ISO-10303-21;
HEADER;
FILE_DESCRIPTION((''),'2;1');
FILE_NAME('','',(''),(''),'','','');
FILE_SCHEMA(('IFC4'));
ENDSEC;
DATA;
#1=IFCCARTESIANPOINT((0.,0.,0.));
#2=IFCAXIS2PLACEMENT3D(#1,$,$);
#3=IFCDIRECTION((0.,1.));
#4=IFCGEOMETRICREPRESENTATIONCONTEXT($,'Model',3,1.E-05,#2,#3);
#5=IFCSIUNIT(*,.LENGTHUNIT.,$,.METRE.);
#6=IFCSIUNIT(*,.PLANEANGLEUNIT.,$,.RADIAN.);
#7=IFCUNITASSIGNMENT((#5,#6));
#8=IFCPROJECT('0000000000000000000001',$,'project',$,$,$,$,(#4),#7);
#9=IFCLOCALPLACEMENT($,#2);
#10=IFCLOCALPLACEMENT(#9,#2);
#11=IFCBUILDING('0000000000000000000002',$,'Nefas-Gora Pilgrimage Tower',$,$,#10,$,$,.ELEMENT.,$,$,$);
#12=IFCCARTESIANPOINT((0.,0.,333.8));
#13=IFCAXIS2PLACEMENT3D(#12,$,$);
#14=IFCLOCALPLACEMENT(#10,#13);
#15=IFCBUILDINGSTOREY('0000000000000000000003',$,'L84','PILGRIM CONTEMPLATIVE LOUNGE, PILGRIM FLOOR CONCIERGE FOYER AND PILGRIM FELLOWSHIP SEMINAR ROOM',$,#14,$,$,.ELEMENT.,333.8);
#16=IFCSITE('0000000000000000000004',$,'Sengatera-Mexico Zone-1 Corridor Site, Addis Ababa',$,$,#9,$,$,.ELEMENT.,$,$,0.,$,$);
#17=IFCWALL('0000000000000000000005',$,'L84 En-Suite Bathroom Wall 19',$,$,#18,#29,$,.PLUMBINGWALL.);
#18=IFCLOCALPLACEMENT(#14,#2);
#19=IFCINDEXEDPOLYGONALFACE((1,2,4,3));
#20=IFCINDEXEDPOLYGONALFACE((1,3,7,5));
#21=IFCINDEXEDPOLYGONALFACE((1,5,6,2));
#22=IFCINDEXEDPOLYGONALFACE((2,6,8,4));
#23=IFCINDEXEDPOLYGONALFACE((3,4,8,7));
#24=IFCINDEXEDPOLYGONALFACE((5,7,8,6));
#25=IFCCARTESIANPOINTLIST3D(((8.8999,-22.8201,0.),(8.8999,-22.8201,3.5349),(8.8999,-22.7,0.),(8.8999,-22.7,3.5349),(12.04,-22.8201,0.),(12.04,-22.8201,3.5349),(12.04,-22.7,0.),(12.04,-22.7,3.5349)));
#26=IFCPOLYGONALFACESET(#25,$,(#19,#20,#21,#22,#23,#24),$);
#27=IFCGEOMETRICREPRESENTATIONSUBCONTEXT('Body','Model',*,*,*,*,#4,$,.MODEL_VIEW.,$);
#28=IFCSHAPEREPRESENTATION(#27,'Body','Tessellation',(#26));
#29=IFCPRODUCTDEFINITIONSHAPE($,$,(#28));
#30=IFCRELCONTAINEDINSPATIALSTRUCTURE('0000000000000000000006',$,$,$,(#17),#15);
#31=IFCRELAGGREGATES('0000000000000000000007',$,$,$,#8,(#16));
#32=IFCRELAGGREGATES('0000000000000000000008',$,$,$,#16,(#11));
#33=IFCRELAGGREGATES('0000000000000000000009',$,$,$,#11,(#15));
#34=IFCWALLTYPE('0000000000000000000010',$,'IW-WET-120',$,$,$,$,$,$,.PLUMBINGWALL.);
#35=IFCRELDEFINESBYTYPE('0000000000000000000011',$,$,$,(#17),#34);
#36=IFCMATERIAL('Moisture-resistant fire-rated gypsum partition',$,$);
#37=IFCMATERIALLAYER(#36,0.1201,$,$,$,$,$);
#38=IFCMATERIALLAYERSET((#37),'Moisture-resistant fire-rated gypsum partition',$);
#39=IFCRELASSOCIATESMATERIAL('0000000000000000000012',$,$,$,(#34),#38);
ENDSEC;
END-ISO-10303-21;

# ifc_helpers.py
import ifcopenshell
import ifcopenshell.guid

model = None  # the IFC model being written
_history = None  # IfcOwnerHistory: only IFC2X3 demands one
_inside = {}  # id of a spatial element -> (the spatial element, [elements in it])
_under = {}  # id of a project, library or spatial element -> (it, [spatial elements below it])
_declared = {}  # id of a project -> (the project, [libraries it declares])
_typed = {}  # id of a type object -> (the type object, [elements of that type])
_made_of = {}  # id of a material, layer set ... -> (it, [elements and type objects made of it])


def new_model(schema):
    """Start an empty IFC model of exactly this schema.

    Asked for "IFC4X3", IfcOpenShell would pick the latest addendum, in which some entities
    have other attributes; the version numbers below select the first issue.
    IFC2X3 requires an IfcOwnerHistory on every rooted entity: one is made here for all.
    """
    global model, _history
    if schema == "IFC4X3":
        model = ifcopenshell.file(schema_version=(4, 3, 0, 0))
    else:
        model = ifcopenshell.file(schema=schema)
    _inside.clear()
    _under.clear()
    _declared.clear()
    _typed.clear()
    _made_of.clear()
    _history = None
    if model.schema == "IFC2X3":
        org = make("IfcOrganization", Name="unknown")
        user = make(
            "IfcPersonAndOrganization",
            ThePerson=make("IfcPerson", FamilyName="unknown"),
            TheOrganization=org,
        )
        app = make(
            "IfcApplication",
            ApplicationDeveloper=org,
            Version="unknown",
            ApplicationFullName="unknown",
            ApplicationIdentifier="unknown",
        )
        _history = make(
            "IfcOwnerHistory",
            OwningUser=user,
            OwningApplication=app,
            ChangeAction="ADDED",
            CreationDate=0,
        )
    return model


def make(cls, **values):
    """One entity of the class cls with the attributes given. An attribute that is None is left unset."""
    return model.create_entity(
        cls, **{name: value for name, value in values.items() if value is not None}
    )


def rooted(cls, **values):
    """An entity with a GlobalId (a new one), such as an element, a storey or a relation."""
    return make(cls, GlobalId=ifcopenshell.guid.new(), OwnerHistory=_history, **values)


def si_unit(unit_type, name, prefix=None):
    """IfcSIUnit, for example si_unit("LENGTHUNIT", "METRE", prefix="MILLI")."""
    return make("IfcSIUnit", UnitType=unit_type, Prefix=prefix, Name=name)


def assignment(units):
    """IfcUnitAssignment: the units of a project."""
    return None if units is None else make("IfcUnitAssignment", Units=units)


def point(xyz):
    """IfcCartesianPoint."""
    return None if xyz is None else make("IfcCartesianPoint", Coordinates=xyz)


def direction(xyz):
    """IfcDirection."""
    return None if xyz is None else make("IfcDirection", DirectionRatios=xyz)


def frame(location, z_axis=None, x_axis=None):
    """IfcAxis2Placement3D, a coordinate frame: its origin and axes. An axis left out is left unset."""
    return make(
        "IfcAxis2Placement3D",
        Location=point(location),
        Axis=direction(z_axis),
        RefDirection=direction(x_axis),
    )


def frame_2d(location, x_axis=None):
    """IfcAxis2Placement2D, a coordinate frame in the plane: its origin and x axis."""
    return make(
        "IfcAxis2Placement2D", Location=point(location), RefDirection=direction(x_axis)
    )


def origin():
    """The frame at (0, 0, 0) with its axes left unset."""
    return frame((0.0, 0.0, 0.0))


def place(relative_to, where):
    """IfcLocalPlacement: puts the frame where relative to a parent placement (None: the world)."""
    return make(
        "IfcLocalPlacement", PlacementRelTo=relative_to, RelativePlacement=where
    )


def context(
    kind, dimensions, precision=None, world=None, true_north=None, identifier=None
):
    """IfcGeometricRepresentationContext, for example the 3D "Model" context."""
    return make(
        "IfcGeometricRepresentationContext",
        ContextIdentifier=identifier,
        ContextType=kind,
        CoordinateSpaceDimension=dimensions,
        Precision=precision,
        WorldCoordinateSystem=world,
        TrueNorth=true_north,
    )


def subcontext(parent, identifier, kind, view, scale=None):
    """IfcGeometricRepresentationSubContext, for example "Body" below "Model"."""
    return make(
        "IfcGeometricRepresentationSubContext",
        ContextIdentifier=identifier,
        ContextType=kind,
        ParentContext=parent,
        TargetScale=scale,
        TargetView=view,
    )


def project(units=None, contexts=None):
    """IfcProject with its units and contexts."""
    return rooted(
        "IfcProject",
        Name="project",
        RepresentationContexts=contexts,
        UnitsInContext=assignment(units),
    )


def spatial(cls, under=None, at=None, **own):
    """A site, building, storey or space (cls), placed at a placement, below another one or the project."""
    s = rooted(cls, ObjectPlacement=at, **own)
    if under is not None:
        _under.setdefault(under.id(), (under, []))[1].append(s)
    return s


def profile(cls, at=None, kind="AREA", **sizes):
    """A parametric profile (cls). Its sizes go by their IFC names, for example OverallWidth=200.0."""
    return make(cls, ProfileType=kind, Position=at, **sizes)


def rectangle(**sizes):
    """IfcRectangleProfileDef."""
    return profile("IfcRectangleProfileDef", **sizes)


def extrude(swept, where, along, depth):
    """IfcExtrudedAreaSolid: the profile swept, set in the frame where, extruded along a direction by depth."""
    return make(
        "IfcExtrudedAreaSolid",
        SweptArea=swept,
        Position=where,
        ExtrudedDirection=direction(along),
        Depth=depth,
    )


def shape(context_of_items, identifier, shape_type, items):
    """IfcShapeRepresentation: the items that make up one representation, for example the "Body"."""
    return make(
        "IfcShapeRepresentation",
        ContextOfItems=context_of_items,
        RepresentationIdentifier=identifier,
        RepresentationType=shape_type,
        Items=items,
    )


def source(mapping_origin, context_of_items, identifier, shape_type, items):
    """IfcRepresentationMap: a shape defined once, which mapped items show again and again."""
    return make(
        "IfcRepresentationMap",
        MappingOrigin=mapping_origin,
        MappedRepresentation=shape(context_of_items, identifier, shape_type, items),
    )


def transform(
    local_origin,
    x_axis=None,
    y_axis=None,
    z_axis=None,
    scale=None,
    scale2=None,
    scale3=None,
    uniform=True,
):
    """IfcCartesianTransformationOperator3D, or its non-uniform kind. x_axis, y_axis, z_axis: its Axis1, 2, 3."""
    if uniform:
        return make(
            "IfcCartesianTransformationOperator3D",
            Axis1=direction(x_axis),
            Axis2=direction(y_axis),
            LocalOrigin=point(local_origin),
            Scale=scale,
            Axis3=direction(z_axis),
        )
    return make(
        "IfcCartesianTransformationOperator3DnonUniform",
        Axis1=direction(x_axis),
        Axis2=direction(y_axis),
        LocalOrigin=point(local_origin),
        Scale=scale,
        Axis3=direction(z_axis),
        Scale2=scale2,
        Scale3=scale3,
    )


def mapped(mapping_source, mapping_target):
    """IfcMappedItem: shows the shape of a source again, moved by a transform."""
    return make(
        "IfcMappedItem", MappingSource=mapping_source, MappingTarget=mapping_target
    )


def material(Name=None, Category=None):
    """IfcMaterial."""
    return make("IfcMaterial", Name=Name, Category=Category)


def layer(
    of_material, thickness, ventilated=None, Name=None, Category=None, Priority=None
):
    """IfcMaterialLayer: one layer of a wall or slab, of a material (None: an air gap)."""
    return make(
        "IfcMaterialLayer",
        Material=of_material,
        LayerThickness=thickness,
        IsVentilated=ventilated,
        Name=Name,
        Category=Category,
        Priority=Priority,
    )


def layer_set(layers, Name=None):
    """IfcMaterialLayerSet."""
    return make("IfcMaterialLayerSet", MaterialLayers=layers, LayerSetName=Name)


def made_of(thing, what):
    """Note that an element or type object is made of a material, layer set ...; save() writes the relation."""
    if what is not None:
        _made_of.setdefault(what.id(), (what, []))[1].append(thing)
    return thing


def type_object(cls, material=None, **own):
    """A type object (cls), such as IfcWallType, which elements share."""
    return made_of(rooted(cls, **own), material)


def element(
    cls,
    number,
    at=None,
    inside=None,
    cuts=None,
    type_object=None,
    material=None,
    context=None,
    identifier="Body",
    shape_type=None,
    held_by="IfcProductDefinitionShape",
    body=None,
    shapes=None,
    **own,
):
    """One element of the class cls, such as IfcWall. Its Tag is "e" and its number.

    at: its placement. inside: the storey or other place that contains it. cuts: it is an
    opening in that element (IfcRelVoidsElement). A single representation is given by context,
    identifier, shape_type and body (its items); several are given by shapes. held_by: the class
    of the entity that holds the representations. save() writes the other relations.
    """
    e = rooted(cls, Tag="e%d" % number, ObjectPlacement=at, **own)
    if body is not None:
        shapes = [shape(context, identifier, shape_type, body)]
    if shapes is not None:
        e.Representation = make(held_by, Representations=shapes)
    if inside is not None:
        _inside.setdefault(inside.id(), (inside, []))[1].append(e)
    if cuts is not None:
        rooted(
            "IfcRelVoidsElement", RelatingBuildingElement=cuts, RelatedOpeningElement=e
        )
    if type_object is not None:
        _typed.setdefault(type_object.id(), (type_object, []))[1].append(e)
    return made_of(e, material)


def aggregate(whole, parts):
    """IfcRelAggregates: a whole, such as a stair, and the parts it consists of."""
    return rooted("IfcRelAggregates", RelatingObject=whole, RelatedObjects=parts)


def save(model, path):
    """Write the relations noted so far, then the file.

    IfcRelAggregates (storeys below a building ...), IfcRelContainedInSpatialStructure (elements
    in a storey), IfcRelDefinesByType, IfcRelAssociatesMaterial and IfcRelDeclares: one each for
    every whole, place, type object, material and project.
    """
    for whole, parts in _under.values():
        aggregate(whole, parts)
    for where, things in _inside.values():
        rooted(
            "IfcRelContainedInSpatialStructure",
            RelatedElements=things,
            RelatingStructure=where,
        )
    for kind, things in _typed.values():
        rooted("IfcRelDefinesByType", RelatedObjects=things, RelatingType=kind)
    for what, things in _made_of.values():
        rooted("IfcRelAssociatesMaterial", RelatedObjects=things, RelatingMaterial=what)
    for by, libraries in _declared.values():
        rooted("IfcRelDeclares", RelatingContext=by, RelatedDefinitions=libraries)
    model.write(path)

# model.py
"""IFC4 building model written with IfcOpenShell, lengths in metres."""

from ifc_helpers import new_model, si_unit, direction, frame, frame_2d, origin, place, context, subcontext, project, spatial, rectangle, extrude, source, transform, mapped, material, layer, layer_set, type_object, element, save


model = new_model("IFC4")

# Units and contexts
model_context = context("Model", 3, precision=1e-05, world=origin(), true_north=direction((0.0, 1.0)))
body_context = subcontext(model_context, "Body", "Model", "MODEL_VIEW")
ifc_project = project(units=[si_unit("LENGTHUNIT", "METRE"), si_unit("PLANEANGLEUNIT", "RADIAN")], contexts=[model_context])

# Site, building, storey
site_placement = place(None, origin())
site = spatial("IfcSite", under=ifc_project, at=site_placement, Name="Sengatera-Mexico Zone-1 Corridor Site, Addis Ababa", CompositionType="ELEMENT", RefElevation=0.0)
building_placement = place(site_placement, origin())
building = spatial("IfcBuilding", under=site, at=building_placement, Name="Nefas-Gora Pilgrimage Tower", CompositionType="ELEMENT")
storey_placement = place(building_placement, frame((0.0, 0.0, 333.8)))
storey = spatial("IfcBuildingStorey", under=building, at=storey_placement, Name="L84", Description="PILGRIM CONTEMPLATIVE LOUNGE, PILGRIM FLOOR CONCIERGE FOYER AND PILGRIM FELLOWSHIP SEMINAR ROOM", CompositionType="ELEMENT", Elevation=333.8)

# Shared definitions
ifc_material_1 = material(Name="Moisture-resistant fire-rated gypsum partition")
ifc_layer_1 = layer(ifc_material_1, 0.1201)
ifc_layer_set_1 = layer_set([ifc_layer_1], Name="Moisture-resistant fire-rated gypsum partition")
wall_type_1 = type_object("IfcWallType", Name="IW-WET-120", PredefinedType="PLUMBINGWALL", material=ifc_layer_set_1)

# Wall
shared_shape_1 = source(origin(), body_context, "Body", "SweptSolid", [
    extrude(rectangle(XDim=3.1401, YDim=0.1201, at=frame_2d((1.5701, 0.0))), origin(), (0.0, 0.0, 1.0), 3.5349),
])
wall_1_placement = place(storey_placement, frame((8.8999, -22.76, 0.0), z_axis=(0.0, 0.0, 1.0), x_axis=(1.0, 0.0, 0.0)))
element("IfcWall", 1, at=wall_1_placement, inside=storey, type_object=wall_type_1, Name="L84 En-Suite Bathroom Wall 19", PredefinedType="PLUMBINGWALL", context=body_context, shape_type="MappedRepresentation", body=[
    mapped(shared_shape_1, transform((0.0, 0.0, 0.0), x_axis=(1.0, 0.0, 0.0), y_axis=(0.0, 1.0, 0.0), z_axis=(0.0, 0.0, 1.0), scale=1.0)),
])

save(model, "model.ifc")
